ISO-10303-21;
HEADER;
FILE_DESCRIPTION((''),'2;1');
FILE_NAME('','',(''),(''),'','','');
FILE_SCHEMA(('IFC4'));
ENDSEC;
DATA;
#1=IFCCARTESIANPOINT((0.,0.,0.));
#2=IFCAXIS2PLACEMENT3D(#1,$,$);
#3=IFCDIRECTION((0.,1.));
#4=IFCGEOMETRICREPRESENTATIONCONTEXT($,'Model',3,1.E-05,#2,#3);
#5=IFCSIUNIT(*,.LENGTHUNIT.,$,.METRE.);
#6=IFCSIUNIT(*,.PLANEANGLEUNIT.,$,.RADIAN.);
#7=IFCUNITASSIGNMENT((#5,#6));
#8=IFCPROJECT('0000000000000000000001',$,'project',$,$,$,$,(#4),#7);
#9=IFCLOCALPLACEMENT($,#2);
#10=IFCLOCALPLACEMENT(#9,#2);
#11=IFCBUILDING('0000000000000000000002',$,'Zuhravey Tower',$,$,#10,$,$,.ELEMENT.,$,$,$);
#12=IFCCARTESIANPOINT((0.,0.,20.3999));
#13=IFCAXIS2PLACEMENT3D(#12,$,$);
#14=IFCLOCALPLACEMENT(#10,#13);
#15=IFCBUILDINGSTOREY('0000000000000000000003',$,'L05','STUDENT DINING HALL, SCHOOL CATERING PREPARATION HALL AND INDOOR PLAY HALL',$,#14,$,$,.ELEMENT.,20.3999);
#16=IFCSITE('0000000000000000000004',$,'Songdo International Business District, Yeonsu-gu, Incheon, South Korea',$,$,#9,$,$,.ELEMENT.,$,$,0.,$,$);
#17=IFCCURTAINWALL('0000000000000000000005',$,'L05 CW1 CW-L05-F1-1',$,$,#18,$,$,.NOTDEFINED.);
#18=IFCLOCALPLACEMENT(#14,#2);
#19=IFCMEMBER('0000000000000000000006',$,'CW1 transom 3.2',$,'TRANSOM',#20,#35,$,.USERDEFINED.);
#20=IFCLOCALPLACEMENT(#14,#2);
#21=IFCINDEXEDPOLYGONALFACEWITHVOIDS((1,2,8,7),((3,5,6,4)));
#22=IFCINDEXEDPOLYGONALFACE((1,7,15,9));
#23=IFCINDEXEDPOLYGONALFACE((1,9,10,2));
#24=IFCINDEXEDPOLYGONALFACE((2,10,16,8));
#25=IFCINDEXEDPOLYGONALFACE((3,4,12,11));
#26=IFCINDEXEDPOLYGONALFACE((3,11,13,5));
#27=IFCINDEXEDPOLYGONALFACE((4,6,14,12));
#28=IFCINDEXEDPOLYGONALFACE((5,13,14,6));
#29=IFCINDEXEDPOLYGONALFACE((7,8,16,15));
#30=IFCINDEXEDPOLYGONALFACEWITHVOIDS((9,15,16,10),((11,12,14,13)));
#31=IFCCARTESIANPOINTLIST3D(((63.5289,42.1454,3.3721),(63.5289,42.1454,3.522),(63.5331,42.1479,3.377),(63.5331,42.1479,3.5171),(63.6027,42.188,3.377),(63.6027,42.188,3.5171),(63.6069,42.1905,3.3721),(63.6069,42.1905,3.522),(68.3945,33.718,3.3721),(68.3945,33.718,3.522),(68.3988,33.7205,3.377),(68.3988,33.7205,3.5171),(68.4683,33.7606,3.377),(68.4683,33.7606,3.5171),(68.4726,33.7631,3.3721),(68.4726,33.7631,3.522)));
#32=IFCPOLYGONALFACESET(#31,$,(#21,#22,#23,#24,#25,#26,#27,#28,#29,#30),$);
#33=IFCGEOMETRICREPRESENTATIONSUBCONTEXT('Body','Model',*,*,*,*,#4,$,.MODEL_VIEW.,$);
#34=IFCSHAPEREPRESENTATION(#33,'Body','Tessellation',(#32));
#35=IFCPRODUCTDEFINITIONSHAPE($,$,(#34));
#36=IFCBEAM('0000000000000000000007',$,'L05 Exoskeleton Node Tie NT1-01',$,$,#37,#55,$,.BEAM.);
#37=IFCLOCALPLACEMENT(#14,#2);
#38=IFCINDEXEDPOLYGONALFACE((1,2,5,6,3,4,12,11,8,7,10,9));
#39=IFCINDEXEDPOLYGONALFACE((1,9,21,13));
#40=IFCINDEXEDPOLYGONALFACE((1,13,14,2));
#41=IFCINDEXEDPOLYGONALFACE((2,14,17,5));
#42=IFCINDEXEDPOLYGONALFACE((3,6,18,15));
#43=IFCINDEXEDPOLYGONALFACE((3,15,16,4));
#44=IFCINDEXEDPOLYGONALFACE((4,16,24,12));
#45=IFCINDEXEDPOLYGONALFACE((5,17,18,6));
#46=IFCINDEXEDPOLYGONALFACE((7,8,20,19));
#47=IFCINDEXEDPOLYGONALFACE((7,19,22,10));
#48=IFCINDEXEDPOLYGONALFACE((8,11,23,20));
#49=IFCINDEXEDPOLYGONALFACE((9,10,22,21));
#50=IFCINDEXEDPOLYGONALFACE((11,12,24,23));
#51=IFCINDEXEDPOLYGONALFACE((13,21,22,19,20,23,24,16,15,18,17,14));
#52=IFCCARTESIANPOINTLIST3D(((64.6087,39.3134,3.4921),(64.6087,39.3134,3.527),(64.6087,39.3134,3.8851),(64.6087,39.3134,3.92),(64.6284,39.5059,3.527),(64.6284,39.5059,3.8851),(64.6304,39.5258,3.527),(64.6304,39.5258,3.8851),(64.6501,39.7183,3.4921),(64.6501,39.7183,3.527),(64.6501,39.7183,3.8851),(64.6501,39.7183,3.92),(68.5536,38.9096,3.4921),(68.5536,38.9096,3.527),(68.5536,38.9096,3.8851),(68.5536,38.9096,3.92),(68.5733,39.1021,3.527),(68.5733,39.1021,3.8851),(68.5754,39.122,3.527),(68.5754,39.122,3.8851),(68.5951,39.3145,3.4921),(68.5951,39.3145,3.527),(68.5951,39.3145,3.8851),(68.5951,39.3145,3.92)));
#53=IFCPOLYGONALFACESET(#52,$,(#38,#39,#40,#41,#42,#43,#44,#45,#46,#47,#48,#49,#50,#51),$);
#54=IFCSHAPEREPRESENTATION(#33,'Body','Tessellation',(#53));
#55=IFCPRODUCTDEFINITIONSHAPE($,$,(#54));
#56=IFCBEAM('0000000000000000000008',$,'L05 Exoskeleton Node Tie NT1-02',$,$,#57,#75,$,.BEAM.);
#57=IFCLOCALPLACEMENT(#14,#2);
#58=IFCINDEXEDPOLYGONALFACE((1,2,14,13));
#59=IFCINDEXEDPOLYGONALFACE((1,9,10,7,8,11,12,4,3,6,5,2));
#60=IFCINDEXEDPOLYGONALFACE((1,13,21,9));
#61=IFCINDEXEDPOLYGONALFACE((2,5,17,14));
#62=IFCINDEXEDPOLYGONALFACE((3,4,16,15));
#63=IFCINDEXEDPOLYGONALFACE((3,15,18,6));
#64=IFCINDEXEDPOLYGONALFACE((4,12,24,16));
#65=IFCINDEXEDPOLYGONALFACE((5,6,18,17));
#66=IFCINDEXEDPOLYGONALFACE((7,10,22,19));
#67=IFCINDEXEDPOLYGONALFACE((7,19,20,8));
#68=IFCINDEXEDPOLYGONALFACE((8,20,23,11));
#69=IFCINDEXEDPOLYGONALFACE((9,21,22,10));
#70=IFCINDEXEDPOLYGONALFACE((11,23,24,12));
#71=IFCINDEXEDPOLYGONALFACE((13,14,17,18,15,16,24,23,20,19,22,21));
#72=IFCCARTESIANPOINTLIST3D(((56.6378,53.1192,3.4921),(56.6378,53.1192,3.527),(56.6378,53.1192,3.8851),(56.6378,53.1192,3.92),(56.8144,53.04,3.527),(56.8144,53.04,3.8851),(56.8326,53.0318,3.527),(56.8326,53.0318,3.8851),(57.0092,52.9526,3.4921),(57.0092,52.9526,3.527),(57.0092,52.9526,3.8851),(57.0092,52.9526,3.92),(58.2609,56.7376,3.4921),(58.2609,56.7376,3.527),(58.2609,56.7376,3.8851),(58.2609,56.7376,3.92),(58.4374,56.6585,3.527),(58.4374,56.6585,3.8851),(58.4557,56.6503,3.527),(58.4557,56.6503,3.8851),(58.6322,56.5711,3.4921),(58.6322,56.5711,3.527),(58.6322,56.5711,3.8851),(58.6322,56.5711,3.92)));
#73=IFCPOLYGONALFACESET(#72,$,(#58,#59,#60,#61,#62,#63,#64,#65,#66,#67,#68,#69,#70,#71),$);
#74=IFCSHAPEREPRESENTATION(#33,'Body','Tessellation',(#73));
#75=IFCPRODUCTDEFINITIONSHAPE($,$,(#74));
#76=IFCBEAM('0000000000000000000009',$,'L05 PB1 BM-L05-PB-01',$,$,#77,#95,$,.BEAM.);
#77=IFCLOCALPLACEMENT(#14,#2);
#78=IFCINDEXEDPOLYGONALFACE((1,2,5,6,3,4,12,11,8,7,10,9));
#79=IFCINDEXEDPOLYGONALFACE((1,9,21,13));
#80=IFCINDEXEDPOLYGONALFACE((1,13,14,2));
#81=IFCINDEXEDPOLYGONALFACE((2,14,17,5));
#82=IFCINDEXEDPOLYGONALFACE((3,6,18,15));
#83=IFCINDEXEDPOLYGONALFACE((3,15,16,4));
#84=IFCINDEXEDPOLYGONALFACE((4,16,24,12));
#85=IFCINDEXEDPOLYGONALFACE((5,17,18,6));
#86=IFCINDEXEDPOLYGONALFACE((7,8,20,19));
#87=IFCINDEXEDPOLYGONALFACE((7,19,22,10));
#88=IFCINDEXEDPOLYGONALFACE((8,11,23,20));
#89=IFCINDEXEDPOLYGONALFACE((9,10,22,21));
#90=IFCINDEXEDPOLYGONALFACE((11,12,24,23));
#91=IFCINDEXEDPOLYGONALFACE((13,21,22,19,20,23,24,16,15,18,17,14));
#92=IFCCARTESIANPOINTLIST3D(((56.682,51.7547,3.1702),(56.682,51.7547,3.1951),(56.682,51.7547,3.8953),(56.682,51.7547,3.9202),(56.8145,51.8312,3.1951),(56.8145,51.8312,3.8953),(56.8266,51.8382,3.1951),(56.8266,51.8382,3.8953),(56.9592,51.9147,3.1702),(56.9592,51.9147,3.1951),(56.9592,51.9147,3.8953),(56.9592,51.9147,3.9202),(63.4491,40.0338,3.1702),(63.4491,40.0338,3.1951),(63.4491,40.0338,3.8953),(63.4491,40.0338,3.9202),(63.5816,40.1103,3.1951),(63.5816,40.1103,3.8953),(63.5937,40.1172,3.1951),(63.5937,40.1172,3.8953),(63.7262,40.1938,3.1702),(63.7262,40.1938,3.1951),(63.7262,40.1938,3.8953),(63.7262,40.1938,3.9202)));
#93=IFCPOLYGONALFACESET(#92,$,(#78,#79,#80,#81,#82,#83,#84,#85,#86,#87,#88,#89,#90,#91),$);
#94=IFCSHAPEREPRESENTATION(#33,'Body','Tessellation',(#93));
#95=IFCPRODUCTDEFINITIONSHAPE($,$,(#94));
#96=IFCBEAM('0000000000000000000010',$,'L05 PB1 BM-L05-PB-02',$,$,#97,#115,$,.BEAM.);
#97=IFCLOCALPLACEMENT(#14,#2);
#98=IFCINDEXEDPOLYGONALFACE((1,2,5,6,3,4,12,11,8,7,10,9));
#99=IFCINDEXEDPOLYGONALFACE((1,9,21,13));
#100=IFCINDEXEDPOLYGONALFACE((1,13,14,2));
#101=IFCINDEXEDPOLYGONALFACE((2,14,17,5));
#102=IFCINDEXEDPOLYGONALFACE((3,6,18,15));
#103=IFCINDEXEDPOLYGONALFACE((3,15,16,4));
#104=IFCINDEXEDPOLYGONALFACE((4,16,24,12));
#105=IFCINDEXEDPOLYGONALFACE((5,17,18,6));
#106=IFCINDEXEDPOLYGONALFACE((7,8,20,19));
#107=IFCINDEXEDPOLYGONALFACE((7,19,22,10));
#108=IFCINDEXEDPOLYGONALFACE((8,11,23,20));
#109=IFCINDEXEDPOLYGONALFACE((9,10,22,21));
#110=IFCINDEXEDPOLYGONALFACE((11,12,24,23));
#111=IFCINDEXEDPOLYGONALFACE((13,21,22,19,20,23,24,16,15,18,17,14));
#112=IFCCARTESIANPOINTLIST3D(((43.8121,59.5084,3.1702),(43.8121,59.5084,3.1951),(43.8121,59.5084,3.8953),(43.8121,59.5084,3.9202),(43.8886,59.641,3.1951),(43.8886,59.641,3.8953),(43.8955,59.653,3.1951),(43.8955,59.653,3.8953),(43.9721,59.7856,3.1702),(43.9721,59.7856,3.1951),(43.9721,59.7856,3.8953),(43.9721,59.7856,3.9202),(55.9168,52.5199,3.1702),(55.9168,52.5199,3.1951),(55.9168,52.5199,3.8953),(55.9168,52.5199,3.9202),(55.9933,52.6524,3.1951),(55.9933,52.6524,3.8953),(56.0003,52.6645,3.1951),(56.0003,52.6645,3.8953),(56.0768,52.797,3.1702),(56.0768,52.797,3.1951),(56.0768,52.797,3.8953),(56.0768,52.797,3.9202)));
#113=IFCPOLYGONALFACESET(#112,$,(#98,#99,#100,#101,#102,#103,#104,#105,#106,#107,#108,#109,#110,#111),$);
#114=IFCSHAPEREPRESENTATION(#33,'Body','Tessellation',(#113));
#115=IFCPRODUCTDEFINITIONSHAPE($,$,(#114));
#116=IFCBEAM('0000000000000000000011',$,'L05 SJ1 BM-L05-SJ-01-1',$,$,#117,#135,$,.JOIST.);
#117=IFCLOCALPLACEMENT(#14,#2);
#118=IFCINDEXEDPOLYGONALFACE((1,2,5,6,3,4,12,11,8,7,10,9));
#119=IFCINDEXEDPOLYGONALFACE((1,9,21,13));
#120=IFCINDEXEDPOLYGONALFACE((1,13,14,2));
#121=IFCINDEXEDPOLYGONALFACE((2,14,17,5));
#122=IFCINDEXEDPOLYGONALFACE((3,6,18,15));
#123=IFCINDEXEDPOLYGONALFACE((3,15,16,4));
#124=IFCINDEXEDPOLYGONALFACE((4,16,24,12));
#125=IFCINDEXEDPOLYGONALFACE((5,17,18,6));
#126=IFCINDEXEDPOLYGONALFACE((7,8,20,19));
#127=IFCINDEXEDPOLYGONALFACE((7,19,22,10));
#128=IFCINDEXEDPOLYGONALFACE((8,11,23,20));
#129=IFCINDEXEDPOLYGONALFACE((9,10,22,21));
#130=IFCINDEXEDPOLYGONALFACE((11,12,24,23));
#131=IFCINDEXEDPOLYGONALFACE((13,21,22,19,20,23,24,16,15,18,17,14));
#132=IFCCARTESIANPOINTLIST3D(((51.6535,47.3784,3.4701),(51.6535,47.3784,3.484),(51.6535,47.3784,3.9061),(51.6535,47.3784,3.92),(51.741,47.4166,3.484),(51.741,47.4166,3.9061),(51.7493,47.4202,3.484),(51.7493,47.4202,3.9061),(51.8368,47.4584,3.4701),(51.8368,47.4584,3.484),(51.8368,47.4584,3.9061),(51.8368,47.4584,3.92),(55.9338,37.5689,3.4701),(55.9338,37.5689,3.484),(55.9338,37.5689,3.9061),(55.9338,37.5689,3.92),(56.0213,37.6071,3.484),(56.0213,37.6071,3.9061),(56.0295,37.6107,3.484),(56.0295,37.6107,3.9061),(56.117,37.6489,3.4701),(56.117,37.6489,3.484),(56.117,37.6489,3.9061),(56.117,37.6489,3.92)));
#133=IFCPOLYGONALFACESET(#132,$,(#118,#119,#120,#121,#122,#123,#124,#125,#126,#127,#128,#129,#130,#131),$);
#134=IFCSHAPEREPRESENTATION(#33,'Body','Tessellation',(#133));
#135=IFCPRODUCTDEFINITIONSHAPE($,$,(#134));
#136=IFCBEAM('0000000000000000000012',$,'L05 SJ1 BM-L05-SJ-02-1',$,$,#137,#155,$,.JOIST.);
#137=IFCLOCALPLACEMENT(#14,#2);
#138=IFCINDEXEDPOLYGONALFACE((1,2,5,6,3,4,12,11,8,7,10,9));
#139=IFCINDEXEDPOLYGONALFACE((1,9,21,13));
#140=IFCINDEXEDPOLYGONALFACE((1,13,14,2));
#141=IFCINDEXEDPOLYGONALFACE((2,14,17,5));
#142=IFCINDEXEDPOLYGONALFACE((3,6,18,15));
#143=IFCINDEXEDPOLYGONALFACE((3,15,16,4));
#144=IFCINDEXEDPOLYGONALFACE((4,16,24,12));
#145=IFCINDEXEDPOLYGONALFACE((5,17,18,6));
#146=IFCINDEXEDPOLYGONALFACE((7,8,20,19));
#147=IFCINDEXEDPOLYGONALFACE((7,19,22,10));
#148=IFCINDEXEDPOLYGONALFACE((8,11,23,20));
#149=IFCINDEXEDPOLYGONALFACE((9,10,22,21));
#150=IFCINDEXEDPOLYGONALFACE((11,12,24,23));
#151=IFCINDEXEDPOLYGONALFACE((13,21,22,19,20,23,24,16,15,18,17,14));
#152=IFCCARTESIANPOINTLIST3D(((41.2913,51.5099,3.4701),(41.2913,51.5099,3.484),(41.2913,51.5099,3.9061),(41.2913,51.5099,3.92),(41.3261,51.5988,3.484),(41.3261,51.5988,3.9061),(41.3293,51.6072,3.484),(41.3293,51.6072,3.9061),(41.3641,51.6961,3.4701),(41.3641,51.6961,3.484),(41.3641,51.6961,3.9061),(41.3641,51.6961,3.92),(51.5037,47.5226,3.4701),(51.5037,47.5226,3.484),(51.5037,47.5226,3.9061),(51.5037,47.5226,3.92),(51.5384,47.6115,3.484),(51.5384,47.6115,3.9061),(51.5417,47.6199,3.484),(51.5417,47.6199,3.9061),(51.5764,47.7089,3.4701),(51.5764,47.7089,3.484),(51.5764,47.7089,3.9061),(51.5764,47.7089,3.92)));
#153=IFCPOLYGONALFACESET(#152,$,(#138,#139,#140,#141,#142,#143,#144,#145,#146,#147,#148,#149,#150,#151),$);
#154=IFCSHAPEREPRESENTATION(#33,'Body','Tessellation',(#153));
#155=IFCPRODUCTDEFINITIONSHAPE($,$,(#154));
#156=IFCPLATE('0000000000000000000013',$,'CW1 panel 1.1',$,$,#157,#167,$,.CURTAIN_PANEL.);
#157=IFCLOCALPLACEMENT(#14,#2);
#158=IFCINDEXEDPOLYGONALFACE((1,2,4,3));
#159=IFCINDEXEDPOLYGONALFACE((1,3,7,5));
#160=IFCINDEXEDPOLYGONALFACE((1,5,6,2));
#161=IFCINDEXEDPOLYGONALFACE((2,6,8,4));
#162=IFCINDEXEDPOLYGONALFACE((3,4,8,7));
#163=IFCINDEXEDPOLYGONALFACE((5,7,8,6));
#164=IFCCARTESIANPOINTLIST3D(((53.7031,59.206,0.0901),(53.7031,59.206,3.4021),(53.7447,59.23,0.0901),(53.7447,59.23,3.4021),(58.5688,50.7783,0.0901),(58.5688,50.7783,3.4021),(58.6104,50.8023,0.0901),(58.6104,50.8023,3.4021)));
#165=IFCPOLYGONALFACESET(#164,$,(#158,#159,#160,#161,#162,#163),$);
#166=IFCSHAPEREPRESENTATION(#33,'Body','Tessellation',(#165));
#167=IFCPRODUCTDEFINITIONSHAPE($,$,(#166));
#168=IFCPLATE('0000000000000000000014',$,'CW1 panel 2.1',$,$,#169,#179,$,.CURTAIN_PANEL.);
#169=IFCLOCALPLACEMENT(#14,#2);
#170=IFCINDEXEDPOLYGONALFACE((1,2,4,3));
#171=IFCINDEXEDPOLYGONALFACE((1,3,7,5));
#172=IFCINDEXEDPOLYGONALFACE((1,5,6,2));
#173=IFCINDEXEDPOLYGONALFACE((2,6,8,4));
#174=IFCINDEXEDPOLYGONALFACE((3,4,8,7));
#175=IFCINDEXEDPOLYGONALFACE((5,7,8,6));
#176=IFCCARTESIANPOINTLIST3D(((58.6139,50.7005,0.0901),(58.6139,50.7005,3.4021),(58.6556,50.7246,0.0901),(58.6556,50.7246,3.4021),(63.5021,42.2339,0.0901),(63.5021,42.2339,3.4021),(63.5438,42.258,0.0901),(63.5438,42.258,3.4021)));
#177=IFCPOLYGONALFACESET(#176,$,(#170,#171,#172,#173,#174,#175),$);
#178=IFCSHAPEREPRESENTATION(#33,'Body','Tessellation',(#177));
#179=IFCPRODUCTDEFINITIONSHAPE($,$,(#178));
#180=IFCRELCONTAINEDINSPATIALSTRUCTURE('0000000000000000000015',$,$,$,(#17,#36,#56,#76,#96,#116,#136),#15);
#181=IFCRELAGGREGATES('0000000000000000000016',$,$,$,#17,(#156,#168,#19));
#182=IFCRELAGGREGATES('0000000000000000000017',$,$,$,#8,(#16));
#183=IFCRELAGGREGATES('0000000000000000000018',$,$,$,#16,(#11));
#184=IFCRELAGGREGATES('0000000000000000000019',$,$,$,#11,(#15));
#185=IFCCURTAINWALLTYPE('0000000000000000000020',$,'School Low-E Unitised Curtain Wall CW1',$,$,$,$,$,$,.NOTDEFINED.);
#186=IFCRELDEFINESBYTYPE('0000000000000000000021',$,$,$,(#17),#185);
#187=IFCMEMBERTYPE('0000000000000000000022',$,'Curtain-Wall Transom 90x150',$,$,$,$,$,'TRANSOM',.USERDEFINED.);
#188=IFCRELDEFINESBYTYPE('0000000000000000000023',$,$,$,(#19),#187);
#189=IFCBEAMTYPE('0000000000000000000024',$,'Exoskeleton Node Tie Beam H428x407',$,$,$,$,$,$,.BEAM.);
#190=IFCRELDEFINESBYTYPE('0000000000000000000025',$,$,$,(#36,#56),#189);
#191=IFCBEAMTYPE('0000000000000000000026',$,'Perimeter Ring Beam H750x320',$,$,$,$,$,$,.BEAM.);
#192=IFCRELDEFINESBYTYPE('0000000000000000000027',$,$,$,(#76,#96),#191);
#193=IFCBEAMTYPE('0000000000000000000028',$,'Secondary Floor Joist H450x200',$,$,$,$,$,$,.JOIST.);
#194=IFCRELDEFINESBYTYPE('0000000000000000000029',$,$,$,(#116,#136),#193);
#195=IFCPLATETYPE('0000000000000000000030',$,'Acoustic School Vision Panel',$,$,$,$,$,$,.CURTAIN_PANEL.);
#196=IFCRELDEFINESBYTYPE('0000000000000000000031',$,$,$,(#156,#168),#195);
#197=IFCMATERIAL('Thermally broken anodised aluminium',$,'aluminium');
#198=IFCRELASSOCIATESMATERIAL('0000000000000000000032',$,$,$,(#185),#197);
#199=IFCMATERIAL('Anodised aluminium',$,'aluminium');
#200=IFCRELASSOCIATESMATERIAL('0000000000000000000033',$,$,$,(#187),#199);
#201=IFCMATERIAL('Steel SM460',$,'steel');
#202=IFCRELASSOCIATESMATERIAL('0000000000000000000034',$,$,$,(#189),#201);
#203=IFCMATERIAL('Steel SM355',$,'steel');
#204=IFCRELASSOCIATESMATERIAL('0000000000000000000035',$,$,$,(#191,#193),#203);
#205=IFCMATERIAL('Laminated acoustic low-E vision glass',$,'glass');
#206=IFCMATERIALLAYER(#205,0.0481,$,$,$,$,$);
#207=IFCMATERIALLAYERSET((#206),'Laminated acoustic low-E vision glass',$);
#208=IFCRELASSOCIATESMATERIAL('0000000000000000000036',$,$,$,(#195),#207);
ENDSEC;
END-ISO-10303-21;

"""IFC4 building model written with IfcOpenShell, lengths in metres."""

from ifc_helpers import new_model, si_unit, direction, frame, origin, origin_2d, place, context, subcontext, project, spatial, rectangle, hollow_rectangle, i_section, extrude, material, layer, layer_set, material_profile, profile_set, type_object, element, aggregate, save


model = new_model("IFC4")

# Units and contexts
model_context = context("Model", 3, precision=1e-05, world=origin(), true_north=direction((0.0, 1.0)))
body_context = subcontext(model_context, "Body", "Model", "MODEL_VIEW")
ifc_project = project(units=[si_unit("LENGTHUNIT", "METRE"), si_unit("PLANEANGLEUNIT", "RADIAN")], contexts=[model_context])

# Site, building, storey
site_placement = place(None, origin())
site = spatial("IfcSite", under=ifc_project, at=site_placement, Name="Songdo International Business District, Yeonsu-gu, Incheon, South Korea", CompositionType="ELEMENT", RefElevation=0.0)
building_placement = place(site_placement, origin())
building = spatial("IfcBuilding", under=site, at=building_placement, Name="Zuhravey Tower", CompositionType="ELEMENT")
storey_placement = place(building_placement, frame((0.0, 0.0, 20.3999)))
storey = spatial("IfcBuildingStorey", under=building, at=storey_placement, Name="L05", Description="STUDENT DINING HALL, SCHOOL CATERING PREPARATION HALL AND INDOOR PLAY HALL", CompositionType="ELEMENT", Elevation=20.3999)

# Shared definitions
ifc_material_1 = material(Name="Thermally broken anodised aluminium", Category="aluminium")
curtain_wall_type = type_object("IfcCurtainWallType", Name="School Low-E Unitised Curtain Wall CW1", PredefinedType="NOTDEFINED", material=ifc_material_1)
ifc_material_2 = material(Name="Anodised aluminium", Category="aluminium")

# Curtain wall, member
curtain_wall_1_placement = place(storey_placement, origin())
curtain_wall_1 = element("IfcCurtainWall", 1, at=curtain_wall_1_placement, inside=storey, type_object=curtain_wall_type, Name="L05 CW1 CW-L05-F1-1", PredefinedType="NOTDEFINED")
ifc_material_profile_1 = material_profile(ifc_material_2, hollow_rectangle(XDim=0.0901, YDim=0.1499, WallThickness=0.0049, at=origin_2d()), Name="ALU-RHS-90x150x5")
ifc_profile_set_1 = profile_set([ifc_material_profile_1], Name="Anodised aluminium")
member_type_1 = type_object("IfcMemberType", Name="Curtain-Wall Transom 90x150", ElementType="TRANSOM", PredefinedType="USERDEFINED", material=ifc_profile_set_1)
member_1_placement = place(storey_placement, frame((63.5679, 42.168, 3.447), z_axis=(0.500008, -0.866021, 0.0), x_axis=(0.866021, 0.500008, 0.0)))
member_1 = element("IfcMember", 2, at=member_1_placement, type_object=member_type_1, Name="CW1 transom 3.2", ObjectType="TRANSOM", PredefinedType="USERDEFINED", context=body_context, shape_type="SweptSolid", body=[
    extrude(hollow_rectangle(XDim=0.0901, YDim=0.1499, WallThickness=0.0049, at=origin_2d()), origin(), (0.0, 0.0, 1.0), 9.7312),
])

# Beams
ifc_material_3 = material(Name="Steel SM460", Category="steel")
ifc_material_profile_2 = material_profile(ifc_material_3, i_section(OverallWidth=0.407, OverallDepth=0.428, WebThickness=0.02, FlangeThickness=0.0349, at=origin_2d()), Name="H-428x407x20x35")
ifc_profile_set_2 = profile_set([ifc_material_profile_2], Name="Steel SM460")
beam_type_1 = type_object("IfcBeamType", Name="Exoskeleton Node Tie Beam H428x407", PredefinedType="BEAM", material=ifc_profile_set_2)
beam_1_placement = place(storey_placement, frame((64.6294, 39.5159, 3.7061), z_axis=(0.994802, -0.101826, 0.0), x_axis=(0.101826, 0.994802, 0.0)))
element("IfcBeam", 3, at=beam_1_placement, inside=storey, type_object=beam_type_1, Name="L05 Exoskeleton Node Tie NT1-01", PredefinedType="BEAM", context=body_context, shape_type="SweptSolid", body=[
    extrude(i_section(OverallWidth=0.407, OverallDepth=0.428, WebThickness=0.02, FlangeThickness=0.0349, at=origin_2d()), origin(), (0.0, 0.0, 1.0), 3.9656),
])
beam_2_placement = place(storey_placement, frame((56.8235, 53.0359, 3.7061), z_axis=(0.409266, 0.912415, 0.0), x_axis=(-0.912415, 0.409266, 0.0)))
element("IfcBeam", 4, at=beam_2_placement, inside=storey, type_object=beam_type_1, Name="L05 Exoskeleton Node Tie NT1-02", PredefinedType="BEAM", context=body_context, shape_type="SweptSolid", body=[
    extrude(i_section(OverallWidth=0.407, OverallDepth=0.428, WebThickness=0.02, FlangeThickness=0.0349, at=origin_2d()), origin(), (0.0, 0.0, 1.0), 3.9658),
])
ifc_material_4 = material(Name="Steel SM355", Category="steel")
ifc_material_profile_3 = material_profile(ifc_material_4, i_section(OverallWidth=0.3201, OverallDepth=0.75, WebThickness=0.0139, FlangeThickness=0.0249, at=origin_2d()), Name="H-750x320x14x25")
ifc_profile_set_3 = profile_set([ifc_material_profile_3], Name="Steel SM355")
beam_type_2 = type_object("IfcBeamType", Name="Perimeter Ring Beam H750x320", PredefinedType="BEAM", material=ifc_profile_set_3)
beam_3_placement = place(storey_placement, frame((63.5876, 40.1138, 3.5452), z_axis=(-0.5, 0.866025, 0.0), x_axis=(-0.866025, -0.5, 0.0)))
element("IfcBeam", 5, at=beam_3_placement, inside=storey, type_object=beam_type_2, Name="L05 PB1 BM-L05-PB-01", PredefinedType="BEAM", context=body_context, shape_type="SweptSolid", body=[
    extrude(i_section(OverallWidth=0.3201, OverallDepth=0.75, WebThickness=0.0139, FlangeThickness=0.0249, at=origin_2d()), origin(), (0.0, 0.0, 1.0), 13.5342),
])
beam_4_placement = place(storey_placement, frame((55.9968, 52.6584, 3.5452), z_axis=(-0.86603, 0.499992, 0.0), x_axis=(-0.499992, -0.86603, 0.0)))
element("IfcBeam", 6, at=beam_4_placement, inside=storey, type_object=beam_type_2, Name="L05 PB1 BM-L05-PB-02", PredefinedType="BEAM", context=body_context, shape_type="SweptSolid", body=[
    extrude(i_section(OverallWidth=0.3201, OverallDepth=0.75, WebThickness=0.0139, FlangeThickness=0.0249, at=origin_2d()), origin(), (0.0, 0.0, 1.0), 13.9773),
])
ifc_material_profile_4 = material_profile(ifc_material_4, i_section(OverallWidth=0.2, OverallDepth=0.45, WebThickness=0.009, FlangeThickness=0.0139, at=origin_2d()), Name="H-450x200x9x14")
ifc_profile_set_4 = profile_set([ifc_material_profile_4], Name="Steel SM355")
beam_type_3 = type_object("IfcBeamType", Name="Secondary Floor Joist H450x200", PredefinedType="JOIST", material=ifc_profile_set_4)
beam_5_placement = place(storey_placement, frame((56.0254, 37.6089, 3.6951), z_axis=(-0.399924, 0.916549, 0.0), x_axis=(-0.916549, -0.399924, 0.0)))
element("IfcBeam", 7, at=beam_5_placement, inside=storey, type_object=beam_type_3, Name="L05 SJ1 BM-L05-SJ-01-1", PredefinedType="JOIST", context=body_context, shape_type="SweptSolid", body=[
    extrude(i_section(OverallWidth=0.2, OverallDepth=0.45, WebThickness=0.009, FlangeThickness=0.0139, at=origin_2d()), origin(), (0.0, 0.0, 1.0), 10.7026),
])
beam_6_placement = place(storey_placement, frame((51.54, 47.6157, 3.6951), z_axis=(-0.931517, 0.363699, 0.0), x_axis=(-0.363699, -0.931517, 0.0)))
element("IfcBeam", 8, at=beam_6_placement, inside=storey, type_object=beam_type_3, Name="L05 SJ1 BM-L05-SJ-02-1", PredefinedType="JOIST", context=body_context, shape_type="SweptSolid", body=[
    extrude(i_section(OverallWidth=0.2, OverallDepth=0.45, WebThickness=0.009, FlangeThickness=0.0139, at=origin_2d()), origin(), (0.0, 0.0, 1.0), 10.9631),
])

# Plates
ifc_material_5 = material(Name="Laminated acoustic low-E vision glass", Category="glass")
ifc_layer_1 = layer(ifc_material_5, 0.0481)
ifc_layer_set_1 = layer_set([ifc_layer_1], Name="Laminated acoustic low-E vision glass")
plate_type = type_object("IfcPlateType", Name="Acoustic School Vision Panel", PredefinedType="CURTAIN_PANEL", material=ifc_layer_set_1)
plate_1_placement = place(storey_placement, frame((56.1567, 55.0042, 0.0901), z_axis=(0.0, 0.0, 1.0), x_axis=(0.5, -0.866026, 0.0)))
plate_1 = element("IfcPlate", 9, at=plate_1_placement, type_object=plate_type, Name="CW1 panel 1.1", PredefinedType="CURTAIN_PANEL", context=body_context, shape_type="SweptSolid", body=[
    extrude(rectangle(XDim=9.7314, YDim=0.0481, at=origin_2d()), origin(), (0.0, 0.0, 1.0), 3.312),
])
plate_2_placement = place(storey_placement, frame((61.0789, 46.4792, 0.0901), z_axis=(0.0, 0.0, 1.0), x_axis=(0.5, -0.866026, 0.0)))
plate_2 = element("IfcPlate", 10, at=plate_2_placement, type_object=plate_type, Name="CW1 panel 2.1", PredefinedType="CURTAIN_PANEL", context=body_context, shape_type="SweptSolid", body=[
    extrude(rectangle(XDim=9.7764, YDim=0.0481, at=origin_2d()), origin(), (0.0, 0.0, 1.0), 3.312),
])
aggregate(curtain_wall_1, [plate_1, plate_2, member_1])

save(model, "model.ifc")
